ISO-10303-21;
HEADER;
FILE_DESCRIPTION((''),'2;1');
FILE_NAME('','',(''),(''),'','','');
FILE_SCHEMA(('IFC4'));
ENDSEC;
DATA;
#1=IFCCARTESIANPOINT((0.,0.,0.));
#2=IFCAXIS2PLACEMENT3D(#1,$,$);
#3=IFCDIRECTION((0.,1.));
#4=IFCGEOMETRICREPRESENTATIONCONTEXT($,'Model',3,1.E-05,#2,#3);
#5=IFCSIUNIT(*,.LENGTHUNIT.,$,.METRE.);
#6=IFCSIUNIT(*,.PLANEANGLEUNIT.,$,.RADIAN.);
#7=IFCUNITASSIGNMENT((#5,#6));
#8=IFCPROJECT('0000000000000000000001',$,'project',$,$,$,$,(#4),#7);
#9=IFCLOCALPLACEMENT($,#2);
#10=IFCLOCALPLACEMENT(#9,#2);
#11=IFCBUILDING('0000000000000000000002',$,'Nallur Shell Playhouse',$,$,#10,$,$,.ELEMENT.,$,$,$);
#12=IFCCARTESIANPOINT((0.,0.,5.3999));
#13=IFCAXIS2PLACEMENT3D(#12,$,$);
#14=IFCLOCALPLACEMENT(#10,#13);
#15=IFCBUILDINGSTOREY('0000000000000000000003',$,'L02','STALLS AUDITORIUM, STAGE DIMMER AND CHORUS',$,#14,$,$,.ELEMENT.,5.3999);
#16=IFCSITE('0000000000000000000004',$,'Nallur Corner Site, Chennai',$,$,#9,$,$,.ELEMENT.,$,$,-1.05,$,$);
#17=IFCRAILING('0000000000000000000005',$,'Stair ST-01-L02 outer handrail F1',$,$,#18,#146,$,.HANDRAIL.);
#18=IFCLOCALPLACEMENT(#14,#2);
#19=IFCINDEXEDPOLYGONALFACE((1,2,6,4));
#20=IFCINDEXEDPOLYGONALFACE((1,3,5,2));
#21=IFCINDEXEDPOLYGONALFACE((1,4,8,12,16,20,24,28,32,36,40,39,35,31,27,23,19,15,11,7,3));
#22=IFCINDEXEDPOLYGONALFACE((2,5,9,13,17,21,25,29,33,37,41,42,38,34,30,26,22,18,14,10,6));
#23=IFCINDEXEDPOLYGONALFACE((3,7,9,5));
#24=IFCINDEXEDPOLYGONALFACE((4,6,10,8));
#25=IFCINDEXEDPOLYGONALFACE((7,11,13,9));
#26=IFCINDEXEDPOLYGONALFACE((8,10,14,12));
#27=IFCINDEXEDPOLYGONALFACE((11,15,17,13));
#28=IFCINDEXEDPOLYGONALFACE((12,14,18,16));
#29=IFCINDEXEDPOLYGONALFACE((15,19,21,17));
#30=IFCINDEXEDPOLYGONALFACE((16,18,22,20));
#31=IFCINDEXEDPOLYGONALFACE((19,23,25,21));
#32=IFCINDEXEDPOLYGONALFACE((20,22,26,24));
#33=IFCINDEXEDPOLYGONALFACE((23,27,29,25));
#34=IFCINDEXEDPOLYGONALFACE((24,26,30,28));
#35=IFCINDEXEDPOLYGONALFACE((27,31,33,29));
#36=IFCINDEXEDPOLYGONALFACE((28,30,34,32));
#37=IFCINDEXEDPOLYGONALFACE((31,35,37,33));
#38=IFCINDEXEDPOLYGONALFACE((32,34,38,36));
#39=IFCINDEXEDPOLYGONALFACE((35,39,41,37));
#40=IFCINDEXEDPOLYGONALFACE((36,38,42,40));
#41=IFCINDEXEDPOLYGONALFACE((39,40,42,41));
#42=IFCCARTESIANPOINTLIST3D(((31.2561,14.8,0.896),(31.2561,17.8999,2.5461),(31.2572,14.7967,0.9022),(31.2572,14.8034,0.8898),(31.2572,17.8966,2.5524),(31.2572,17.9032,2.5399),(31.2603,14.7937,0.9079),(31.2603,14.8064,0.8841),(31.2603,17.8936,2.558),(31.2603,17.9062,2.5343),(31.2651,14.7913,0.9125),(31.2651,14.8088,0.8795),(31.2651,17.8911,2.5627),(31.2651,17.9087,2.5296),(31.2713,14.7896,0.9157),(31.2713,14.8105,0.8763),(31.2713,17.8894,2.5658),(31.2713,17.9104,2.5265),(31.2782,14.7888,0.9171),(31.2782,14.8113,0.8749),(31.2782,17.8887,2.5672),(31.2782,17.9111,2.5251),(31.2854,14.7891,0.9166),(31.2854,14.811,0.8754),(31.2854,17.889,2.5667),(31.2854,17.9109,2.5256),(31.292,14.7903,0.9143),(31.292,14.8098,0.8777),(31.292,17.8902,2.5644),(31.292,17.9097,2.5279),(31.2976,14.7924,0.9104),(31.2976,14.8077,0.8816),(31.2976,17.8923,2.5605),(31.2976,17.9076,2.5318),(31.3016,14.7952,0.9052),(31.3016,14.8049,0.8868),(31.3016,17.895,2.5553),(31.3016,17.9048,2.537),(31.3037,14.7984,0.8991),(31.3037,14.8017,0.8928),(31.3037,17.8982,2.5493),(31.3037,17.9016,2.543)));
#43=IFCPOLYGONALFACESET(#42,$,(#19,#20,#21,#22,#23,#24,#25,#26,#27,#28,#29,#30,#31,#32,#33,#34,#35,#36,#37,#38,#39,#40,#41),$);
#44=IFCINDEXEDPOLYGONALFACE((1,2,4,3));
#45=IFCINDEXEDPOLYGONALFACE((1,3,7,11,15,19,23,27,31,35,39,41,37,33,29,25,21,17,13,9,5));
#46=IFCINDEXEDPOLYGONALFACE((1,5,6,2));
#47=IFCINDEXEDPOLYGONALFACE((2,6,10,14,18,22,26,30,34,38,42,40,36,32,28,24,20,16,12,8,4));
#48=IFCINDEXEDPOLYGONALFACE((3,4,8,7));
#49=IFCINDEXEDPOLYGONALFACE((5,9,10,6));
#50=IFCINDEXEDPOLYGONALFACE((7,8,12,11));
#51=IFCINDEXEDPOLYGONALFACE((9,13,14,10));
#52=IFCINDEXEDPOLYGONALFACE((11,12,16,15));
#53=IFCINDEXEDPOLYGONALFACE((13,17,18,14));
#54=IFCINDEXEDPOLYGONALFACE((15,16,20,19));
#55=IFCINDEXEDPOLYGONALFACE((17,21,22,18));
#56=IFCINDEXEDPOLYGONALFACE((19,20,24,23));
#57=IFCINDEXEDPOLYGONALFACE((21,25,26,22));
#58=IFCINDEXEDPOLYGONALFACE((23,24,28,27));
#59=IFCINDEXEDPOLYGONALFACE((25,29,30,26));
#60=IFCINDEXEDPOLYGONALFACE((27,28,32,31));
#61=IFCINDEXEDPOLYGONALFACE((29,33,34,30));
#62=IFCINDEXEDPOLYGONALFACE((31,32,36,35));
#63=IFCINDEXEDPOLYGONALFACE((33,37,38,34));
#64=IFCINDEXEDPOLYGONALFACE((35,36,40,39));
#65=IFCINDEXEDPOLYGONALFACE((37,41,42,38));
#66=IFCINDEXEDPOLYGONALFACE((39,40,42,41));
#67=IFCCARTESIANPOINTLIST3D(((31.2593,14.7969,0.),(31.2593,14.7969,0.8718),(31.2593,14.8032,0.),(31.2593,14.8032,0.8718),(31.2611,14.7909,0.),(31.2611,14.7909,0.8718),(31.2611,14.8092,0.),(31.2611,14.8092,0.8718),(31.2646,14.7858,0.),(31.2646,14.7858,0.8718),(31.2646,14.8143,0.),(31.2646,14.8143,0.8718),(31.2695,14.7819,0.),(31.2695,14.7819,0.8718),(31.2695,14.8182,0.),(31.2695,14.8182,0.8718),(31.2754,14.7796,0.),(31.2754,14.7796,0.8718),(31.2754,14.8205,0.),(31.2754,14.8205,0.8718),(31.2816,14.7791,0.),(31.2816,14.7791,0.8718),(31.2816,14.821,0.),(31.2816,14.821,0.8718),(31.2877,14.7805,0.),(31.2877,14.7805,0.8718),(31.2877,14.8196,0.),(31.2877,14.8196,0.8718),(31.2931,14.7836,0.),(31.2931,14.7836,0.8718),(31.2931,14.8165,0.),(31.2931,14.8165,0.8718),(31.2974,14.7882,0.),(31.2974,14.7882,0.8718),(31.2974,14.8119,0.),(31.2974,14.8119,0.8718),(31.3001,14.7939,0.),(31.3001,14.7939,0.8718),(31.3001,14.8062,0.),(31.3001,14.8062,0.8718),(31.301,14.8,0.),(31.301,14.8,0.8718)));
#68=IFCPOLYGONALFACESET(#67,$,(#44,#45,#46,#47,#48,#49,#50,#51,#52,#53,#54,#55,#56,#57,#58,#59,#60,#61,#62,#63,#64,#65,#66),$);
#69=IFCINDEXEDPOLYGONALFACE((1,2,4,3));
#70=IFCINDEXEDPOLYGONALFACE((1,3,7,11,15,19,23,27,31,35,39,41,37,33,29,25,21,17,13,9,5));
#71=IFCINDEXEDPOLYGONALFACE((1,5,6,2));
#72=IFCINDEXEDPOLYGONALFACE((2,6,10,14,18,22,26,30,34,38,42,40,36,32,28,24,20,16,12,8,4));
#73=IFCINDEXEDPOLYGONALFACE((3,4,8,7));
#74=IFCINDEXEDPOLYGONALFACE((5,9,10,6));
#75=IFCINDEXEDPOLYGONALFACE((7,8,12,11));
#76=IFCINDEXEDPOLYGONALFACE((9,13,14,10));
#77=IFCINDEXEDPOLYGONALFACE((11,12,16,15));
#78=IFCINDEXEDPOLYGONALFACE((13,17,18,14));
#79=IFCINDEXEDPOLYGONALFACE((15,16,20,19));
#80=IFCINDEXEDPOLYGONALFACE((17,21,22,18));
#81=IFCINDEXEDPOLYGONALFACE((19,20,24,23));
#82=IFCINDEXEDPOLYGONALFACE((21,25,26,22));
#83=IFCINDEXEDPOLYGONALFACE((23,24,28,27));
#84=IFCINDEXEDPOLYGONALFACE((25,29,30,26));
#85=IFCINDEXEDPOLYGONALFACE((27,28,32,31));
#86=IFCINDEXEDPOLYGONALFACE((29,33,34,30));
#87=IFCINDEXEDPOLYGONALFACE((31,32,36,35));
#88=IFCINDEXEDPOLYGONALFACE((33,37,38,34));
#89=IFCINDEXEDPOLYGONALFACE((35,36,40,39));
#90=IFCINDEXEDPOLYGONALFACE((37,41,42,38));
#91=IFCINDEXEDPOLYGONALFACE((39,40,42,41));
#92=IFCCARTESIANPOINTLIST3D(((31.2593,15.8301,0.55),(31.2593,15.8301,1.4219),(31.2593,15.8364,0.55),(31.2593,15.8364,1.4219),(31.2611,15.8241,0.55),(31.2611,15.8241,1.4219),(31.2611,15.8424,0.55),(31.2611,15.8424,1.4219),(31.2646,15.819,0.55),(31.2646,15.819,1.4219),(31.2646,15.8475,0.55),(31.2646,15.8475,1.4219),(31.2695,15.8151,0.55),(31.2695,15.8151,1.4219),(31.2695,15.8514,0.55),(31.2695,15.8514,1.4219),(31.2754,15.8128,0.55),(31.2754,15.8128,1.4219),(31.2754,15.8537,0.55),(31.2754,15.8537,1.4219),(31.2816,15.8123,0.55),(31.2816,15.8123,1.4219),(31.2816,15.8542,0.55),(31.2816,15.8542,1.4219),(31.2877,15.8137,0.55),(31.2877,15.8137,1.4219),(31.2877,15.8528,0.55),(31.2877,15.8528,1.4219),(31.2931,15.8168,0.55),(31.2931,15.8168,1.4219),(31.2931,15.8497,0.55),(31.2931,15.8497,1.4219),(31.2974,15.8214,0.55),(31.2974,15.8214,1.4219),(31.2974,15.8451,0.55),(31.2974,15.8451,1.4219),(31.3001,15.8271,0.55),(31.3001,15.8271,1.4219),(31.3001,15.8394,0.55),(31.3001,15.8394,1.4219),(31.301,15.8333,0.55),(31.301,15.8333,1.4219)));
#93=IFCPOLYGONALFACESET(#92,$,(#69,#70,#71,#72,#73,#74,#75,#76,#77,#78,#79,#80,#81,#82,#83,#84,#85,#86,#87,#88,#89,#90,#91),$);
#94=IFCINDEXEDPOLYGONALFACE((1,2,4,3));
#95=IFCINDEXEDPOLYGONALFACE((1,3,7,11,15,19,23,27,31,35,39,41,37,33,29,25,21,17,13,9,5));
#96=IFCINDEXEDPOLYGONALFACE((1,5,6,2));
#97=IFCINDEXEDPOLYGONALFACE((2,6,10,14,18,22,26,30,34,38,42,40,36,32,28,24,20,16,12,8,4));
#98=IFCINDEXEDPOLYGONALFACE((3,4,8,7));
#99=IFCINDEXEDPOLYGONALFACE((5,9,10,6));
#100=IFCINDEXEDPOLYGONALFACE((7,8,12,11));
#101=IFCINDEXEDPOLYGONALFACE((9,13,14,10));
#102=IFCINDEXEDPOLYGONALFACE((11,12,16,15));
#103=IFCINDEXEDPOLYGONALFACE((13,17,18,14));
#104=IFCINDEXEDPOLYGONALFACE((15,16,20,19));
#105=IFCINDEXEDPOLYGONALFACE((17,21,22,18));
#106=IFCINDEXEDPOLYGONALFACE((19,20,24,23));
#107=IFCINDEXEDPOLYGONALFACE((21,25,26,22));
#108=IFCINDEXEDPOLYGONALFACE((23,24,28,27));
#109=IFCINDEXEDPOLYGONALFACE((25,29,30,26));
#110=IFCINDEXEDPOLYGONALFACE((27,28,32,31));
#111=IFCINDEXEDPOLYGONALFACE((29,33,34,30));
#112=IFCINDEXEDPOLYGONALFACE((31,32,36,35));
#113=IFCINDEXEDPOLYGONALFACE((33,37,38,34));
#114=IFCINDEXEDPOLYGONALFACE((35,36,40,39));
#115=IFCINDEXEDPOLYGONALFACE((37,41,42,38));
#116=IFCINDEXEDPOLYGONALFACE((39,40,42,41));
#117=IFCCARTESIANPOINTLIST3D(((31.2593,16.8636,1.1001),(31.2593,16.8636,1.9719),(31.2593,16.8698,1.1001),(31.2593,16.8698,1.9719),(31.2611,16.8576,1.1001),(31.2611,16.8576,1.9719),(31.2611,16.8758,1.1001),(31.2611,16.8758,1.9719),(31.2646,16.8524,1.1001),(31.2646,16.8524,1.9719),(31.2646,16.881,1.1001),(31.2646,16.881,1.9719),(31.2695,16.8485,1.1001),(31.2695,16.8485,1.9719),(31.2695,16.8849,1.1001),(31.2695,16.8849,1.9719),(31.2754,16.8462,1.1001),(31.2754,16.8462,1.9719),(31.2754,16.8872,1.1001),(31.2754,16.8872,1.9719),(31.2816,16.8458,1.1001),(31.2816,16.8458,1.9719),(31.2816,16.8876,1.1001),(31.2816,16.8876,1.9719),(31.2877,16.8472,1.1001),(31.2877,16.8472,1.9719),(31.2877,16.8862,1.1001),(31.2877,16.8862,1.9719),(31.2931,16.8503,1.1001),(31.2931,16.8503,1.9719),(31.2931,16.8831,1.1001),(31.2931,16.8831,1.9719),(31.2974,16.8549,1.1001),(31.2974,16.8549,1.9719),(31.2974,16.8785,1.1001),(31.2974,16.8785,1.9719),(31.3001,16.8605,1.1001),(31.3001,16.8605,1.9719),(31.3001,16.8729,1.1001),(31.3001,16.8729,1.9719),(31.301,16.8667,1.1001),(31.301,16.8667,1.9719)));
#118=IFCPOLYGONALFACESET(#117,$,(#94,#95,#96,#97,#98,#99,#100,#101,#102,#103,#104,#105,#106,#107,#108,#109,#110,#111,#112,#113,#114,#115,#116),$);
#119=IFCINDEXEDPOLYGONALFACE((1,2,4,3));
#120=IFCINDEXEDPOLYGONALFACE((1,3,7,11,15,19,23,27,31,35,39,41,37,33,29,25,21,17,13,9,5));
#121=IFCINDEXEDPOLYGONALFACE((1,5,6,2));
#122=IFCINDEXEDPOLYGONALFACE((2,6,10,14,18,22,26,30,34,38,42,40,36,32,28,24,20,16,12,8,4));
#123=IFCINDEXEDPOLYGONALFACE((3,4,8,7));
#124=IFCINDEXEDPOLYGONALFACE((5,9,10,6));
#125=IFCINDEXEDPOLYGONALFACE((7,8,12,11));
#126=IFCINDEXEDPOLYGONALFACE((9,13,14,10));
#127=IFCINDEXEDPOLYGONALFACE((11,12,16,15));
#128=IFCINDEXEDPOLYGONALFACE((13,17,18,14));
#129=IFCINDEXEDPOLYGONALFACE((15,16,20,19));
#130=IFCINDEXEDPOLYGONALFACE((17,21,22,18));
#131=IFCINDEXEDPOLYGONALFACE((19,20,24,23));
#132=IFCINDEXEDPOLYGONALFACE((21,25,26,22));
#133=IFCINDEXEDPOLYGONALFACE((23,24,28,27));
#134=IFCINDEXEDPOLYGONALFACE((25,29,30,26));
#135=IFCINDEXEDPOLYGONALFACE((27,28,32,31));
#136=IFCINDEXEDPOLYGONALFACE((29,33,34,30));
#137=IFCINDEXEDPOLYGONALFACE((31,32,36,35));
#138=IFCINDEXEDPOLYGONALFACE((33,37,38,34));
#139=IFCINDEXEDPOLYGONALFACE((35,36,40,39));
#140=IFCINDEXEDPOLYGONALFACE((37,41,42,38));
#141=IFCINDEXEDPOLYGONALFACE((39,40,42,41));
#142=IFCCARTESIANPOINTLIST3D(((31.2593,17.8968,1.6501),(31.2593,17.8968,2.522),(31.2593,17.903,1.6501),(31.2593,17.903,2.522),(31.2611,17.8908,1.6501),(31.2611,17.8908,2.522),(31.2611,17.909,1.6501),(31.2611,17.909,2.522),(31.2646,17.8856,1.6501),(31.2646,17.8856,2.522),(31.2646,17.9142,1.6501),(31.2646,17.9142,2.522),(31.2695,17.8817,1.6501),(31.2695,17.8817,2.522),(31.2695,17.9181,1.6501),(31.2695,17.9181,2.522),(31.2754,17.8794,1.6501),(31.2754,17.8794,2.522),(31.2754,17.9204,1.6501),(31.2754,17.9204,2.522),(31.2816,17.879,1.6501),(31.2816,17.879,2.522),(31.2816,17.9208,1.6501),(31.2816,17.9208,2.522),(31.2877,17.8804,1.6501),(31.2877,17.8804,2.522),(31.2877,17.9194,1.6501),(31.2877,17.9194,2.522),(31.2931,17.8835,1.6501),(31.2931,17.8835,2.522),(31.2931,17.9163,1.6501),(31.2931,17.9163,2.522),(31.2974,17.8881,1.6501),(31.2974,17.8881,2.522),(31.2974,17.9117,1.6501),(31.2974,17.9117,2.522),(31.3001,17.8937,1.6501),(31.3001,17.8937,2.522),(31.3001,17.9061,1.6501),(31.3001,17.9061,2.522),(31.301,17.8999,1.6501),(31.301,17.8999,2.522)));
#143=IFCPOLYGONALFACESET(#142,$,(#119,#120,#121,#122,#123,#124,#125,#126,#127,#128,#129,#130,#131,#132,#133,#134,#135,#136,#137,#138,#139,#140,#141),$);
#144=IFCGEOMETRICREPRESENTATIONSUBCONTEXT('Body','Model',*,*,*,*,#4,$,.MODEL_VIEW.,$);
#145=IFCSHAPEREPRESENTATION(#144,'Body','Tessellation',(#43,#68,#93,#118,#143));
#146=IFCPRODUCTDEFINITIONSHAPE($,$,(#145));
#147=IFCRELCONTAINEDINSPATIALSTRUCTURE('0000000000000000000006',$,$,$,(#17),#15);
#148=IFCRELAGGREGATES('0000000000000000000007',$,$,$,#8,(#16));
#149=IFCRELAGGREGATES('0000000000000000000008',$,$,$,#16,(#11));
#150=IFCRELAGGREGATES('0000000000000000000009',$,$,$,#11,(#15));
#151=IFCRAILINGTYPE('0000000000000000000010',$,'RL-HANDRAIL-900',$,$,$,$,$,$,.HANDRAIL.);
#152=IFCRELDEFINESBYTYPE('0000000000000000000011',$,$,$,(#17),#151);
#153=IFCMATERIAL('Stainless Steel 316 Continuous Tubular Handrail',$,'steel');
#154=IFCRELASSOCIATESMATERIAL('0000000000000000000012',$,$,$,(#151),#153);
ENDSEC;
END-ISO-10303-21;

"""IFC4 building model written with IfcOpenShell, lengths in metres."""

from ifc_helpers import new_model, si_unit, direction, frame, origin, origin_2d, place, context, subcontext, project, spatial, circle, extrude, material, type_object, element, save


model = new_model("IFC4")

# Units and contexts
model_context = context("Model", 3, precision=1e-05, world=origin(), true_north=direction((0.0, 1.0)))
body_context = subcontext(model_context, "Body", "Model", "MODEL_VIEW")
ifc_project = project(units=[si_unit("LENGTHUNIT", "METRE"), si_unit("PLANEANGLEUNIT", "RADIAN")], contexts=[model_context])

# Site, building, storey
site_placement = place(None, origin())
site = spatial("IfcSite", under=ifc_project, at=site_placement, Name="Nallur Corner Site, Chennai", CompositionType="ELEMENT", RefElevation=-1.05)
building_placement = place(site_placement, origin())
building = spatial("IfcBuilding", under=site, at=building_placement, Name="Nallur Shell Playhouse", CompositionType="ELEMENT")
storey_placement = place(building_placement, frame((0.0, 0.0, 5.3999)))
storey = spatial("IfcBuildingStorey", under=building, at=storey_placement, Name="L02", Description="STALLS AUDITORIUM, STAGE DIMMER AND CHORUS", CompositionType="ELEMENT", Elevation=5.3999)

# Railing
ifc_material_1 = material(Name="Stainless Steel 316 Continuous Tubular Handrail", Category="steel")
railing_type_1 = type_object("IfcRailingType", Name="RL-HANDRAIL-900", PredefinedType="HANDRAIL", material=ifc_material_1)
railing_1_placement = place(storey_placement, frame((31.28, 14.8, 0.0)))
element("IfcRailing", 1, at=railing_1_placement, inside=storey, type_object=railing_type_1, Name="Stair ST-01-L02 outer handrail F1", PredefinedType="HANDRAIL", context=body_context, shape_type="SweptSolid", body=[
    extrude(circle(Radius=0.0239, at=origin_2d()), frame((0.0, 0.0, 0.896), z_axis=(0.0, 0.88272, 0.469899), x_axis=(-1.0, 0.0, 0.0)), (0.0, 0.0, 1.0), 3.5117),
    extrude(circle(Radius=0.021, at=origin_2d()), origin(), (0.0, 0.0, 1.0), 0.8718),
    extrude(circle(Radius=0.021, at=origin_2d()), frame((0.0, 1.0332, 0.55)), (0.0, 0.0, 1.0), 0.8718),
    extrude(circle(Radius=0.021, at=origin_2d()), frame((0.0, 2.0667, 1.1001)), (0.0, 0.0, 1.0), 0.8718),
    extrude(circle(Radius=0.021, at=origin_2d()), frame((0.0, 3.0999, 1.6501)), (0.0, 0.0, 1.0), 0.8718),
])

save(model, "model.ifc")
